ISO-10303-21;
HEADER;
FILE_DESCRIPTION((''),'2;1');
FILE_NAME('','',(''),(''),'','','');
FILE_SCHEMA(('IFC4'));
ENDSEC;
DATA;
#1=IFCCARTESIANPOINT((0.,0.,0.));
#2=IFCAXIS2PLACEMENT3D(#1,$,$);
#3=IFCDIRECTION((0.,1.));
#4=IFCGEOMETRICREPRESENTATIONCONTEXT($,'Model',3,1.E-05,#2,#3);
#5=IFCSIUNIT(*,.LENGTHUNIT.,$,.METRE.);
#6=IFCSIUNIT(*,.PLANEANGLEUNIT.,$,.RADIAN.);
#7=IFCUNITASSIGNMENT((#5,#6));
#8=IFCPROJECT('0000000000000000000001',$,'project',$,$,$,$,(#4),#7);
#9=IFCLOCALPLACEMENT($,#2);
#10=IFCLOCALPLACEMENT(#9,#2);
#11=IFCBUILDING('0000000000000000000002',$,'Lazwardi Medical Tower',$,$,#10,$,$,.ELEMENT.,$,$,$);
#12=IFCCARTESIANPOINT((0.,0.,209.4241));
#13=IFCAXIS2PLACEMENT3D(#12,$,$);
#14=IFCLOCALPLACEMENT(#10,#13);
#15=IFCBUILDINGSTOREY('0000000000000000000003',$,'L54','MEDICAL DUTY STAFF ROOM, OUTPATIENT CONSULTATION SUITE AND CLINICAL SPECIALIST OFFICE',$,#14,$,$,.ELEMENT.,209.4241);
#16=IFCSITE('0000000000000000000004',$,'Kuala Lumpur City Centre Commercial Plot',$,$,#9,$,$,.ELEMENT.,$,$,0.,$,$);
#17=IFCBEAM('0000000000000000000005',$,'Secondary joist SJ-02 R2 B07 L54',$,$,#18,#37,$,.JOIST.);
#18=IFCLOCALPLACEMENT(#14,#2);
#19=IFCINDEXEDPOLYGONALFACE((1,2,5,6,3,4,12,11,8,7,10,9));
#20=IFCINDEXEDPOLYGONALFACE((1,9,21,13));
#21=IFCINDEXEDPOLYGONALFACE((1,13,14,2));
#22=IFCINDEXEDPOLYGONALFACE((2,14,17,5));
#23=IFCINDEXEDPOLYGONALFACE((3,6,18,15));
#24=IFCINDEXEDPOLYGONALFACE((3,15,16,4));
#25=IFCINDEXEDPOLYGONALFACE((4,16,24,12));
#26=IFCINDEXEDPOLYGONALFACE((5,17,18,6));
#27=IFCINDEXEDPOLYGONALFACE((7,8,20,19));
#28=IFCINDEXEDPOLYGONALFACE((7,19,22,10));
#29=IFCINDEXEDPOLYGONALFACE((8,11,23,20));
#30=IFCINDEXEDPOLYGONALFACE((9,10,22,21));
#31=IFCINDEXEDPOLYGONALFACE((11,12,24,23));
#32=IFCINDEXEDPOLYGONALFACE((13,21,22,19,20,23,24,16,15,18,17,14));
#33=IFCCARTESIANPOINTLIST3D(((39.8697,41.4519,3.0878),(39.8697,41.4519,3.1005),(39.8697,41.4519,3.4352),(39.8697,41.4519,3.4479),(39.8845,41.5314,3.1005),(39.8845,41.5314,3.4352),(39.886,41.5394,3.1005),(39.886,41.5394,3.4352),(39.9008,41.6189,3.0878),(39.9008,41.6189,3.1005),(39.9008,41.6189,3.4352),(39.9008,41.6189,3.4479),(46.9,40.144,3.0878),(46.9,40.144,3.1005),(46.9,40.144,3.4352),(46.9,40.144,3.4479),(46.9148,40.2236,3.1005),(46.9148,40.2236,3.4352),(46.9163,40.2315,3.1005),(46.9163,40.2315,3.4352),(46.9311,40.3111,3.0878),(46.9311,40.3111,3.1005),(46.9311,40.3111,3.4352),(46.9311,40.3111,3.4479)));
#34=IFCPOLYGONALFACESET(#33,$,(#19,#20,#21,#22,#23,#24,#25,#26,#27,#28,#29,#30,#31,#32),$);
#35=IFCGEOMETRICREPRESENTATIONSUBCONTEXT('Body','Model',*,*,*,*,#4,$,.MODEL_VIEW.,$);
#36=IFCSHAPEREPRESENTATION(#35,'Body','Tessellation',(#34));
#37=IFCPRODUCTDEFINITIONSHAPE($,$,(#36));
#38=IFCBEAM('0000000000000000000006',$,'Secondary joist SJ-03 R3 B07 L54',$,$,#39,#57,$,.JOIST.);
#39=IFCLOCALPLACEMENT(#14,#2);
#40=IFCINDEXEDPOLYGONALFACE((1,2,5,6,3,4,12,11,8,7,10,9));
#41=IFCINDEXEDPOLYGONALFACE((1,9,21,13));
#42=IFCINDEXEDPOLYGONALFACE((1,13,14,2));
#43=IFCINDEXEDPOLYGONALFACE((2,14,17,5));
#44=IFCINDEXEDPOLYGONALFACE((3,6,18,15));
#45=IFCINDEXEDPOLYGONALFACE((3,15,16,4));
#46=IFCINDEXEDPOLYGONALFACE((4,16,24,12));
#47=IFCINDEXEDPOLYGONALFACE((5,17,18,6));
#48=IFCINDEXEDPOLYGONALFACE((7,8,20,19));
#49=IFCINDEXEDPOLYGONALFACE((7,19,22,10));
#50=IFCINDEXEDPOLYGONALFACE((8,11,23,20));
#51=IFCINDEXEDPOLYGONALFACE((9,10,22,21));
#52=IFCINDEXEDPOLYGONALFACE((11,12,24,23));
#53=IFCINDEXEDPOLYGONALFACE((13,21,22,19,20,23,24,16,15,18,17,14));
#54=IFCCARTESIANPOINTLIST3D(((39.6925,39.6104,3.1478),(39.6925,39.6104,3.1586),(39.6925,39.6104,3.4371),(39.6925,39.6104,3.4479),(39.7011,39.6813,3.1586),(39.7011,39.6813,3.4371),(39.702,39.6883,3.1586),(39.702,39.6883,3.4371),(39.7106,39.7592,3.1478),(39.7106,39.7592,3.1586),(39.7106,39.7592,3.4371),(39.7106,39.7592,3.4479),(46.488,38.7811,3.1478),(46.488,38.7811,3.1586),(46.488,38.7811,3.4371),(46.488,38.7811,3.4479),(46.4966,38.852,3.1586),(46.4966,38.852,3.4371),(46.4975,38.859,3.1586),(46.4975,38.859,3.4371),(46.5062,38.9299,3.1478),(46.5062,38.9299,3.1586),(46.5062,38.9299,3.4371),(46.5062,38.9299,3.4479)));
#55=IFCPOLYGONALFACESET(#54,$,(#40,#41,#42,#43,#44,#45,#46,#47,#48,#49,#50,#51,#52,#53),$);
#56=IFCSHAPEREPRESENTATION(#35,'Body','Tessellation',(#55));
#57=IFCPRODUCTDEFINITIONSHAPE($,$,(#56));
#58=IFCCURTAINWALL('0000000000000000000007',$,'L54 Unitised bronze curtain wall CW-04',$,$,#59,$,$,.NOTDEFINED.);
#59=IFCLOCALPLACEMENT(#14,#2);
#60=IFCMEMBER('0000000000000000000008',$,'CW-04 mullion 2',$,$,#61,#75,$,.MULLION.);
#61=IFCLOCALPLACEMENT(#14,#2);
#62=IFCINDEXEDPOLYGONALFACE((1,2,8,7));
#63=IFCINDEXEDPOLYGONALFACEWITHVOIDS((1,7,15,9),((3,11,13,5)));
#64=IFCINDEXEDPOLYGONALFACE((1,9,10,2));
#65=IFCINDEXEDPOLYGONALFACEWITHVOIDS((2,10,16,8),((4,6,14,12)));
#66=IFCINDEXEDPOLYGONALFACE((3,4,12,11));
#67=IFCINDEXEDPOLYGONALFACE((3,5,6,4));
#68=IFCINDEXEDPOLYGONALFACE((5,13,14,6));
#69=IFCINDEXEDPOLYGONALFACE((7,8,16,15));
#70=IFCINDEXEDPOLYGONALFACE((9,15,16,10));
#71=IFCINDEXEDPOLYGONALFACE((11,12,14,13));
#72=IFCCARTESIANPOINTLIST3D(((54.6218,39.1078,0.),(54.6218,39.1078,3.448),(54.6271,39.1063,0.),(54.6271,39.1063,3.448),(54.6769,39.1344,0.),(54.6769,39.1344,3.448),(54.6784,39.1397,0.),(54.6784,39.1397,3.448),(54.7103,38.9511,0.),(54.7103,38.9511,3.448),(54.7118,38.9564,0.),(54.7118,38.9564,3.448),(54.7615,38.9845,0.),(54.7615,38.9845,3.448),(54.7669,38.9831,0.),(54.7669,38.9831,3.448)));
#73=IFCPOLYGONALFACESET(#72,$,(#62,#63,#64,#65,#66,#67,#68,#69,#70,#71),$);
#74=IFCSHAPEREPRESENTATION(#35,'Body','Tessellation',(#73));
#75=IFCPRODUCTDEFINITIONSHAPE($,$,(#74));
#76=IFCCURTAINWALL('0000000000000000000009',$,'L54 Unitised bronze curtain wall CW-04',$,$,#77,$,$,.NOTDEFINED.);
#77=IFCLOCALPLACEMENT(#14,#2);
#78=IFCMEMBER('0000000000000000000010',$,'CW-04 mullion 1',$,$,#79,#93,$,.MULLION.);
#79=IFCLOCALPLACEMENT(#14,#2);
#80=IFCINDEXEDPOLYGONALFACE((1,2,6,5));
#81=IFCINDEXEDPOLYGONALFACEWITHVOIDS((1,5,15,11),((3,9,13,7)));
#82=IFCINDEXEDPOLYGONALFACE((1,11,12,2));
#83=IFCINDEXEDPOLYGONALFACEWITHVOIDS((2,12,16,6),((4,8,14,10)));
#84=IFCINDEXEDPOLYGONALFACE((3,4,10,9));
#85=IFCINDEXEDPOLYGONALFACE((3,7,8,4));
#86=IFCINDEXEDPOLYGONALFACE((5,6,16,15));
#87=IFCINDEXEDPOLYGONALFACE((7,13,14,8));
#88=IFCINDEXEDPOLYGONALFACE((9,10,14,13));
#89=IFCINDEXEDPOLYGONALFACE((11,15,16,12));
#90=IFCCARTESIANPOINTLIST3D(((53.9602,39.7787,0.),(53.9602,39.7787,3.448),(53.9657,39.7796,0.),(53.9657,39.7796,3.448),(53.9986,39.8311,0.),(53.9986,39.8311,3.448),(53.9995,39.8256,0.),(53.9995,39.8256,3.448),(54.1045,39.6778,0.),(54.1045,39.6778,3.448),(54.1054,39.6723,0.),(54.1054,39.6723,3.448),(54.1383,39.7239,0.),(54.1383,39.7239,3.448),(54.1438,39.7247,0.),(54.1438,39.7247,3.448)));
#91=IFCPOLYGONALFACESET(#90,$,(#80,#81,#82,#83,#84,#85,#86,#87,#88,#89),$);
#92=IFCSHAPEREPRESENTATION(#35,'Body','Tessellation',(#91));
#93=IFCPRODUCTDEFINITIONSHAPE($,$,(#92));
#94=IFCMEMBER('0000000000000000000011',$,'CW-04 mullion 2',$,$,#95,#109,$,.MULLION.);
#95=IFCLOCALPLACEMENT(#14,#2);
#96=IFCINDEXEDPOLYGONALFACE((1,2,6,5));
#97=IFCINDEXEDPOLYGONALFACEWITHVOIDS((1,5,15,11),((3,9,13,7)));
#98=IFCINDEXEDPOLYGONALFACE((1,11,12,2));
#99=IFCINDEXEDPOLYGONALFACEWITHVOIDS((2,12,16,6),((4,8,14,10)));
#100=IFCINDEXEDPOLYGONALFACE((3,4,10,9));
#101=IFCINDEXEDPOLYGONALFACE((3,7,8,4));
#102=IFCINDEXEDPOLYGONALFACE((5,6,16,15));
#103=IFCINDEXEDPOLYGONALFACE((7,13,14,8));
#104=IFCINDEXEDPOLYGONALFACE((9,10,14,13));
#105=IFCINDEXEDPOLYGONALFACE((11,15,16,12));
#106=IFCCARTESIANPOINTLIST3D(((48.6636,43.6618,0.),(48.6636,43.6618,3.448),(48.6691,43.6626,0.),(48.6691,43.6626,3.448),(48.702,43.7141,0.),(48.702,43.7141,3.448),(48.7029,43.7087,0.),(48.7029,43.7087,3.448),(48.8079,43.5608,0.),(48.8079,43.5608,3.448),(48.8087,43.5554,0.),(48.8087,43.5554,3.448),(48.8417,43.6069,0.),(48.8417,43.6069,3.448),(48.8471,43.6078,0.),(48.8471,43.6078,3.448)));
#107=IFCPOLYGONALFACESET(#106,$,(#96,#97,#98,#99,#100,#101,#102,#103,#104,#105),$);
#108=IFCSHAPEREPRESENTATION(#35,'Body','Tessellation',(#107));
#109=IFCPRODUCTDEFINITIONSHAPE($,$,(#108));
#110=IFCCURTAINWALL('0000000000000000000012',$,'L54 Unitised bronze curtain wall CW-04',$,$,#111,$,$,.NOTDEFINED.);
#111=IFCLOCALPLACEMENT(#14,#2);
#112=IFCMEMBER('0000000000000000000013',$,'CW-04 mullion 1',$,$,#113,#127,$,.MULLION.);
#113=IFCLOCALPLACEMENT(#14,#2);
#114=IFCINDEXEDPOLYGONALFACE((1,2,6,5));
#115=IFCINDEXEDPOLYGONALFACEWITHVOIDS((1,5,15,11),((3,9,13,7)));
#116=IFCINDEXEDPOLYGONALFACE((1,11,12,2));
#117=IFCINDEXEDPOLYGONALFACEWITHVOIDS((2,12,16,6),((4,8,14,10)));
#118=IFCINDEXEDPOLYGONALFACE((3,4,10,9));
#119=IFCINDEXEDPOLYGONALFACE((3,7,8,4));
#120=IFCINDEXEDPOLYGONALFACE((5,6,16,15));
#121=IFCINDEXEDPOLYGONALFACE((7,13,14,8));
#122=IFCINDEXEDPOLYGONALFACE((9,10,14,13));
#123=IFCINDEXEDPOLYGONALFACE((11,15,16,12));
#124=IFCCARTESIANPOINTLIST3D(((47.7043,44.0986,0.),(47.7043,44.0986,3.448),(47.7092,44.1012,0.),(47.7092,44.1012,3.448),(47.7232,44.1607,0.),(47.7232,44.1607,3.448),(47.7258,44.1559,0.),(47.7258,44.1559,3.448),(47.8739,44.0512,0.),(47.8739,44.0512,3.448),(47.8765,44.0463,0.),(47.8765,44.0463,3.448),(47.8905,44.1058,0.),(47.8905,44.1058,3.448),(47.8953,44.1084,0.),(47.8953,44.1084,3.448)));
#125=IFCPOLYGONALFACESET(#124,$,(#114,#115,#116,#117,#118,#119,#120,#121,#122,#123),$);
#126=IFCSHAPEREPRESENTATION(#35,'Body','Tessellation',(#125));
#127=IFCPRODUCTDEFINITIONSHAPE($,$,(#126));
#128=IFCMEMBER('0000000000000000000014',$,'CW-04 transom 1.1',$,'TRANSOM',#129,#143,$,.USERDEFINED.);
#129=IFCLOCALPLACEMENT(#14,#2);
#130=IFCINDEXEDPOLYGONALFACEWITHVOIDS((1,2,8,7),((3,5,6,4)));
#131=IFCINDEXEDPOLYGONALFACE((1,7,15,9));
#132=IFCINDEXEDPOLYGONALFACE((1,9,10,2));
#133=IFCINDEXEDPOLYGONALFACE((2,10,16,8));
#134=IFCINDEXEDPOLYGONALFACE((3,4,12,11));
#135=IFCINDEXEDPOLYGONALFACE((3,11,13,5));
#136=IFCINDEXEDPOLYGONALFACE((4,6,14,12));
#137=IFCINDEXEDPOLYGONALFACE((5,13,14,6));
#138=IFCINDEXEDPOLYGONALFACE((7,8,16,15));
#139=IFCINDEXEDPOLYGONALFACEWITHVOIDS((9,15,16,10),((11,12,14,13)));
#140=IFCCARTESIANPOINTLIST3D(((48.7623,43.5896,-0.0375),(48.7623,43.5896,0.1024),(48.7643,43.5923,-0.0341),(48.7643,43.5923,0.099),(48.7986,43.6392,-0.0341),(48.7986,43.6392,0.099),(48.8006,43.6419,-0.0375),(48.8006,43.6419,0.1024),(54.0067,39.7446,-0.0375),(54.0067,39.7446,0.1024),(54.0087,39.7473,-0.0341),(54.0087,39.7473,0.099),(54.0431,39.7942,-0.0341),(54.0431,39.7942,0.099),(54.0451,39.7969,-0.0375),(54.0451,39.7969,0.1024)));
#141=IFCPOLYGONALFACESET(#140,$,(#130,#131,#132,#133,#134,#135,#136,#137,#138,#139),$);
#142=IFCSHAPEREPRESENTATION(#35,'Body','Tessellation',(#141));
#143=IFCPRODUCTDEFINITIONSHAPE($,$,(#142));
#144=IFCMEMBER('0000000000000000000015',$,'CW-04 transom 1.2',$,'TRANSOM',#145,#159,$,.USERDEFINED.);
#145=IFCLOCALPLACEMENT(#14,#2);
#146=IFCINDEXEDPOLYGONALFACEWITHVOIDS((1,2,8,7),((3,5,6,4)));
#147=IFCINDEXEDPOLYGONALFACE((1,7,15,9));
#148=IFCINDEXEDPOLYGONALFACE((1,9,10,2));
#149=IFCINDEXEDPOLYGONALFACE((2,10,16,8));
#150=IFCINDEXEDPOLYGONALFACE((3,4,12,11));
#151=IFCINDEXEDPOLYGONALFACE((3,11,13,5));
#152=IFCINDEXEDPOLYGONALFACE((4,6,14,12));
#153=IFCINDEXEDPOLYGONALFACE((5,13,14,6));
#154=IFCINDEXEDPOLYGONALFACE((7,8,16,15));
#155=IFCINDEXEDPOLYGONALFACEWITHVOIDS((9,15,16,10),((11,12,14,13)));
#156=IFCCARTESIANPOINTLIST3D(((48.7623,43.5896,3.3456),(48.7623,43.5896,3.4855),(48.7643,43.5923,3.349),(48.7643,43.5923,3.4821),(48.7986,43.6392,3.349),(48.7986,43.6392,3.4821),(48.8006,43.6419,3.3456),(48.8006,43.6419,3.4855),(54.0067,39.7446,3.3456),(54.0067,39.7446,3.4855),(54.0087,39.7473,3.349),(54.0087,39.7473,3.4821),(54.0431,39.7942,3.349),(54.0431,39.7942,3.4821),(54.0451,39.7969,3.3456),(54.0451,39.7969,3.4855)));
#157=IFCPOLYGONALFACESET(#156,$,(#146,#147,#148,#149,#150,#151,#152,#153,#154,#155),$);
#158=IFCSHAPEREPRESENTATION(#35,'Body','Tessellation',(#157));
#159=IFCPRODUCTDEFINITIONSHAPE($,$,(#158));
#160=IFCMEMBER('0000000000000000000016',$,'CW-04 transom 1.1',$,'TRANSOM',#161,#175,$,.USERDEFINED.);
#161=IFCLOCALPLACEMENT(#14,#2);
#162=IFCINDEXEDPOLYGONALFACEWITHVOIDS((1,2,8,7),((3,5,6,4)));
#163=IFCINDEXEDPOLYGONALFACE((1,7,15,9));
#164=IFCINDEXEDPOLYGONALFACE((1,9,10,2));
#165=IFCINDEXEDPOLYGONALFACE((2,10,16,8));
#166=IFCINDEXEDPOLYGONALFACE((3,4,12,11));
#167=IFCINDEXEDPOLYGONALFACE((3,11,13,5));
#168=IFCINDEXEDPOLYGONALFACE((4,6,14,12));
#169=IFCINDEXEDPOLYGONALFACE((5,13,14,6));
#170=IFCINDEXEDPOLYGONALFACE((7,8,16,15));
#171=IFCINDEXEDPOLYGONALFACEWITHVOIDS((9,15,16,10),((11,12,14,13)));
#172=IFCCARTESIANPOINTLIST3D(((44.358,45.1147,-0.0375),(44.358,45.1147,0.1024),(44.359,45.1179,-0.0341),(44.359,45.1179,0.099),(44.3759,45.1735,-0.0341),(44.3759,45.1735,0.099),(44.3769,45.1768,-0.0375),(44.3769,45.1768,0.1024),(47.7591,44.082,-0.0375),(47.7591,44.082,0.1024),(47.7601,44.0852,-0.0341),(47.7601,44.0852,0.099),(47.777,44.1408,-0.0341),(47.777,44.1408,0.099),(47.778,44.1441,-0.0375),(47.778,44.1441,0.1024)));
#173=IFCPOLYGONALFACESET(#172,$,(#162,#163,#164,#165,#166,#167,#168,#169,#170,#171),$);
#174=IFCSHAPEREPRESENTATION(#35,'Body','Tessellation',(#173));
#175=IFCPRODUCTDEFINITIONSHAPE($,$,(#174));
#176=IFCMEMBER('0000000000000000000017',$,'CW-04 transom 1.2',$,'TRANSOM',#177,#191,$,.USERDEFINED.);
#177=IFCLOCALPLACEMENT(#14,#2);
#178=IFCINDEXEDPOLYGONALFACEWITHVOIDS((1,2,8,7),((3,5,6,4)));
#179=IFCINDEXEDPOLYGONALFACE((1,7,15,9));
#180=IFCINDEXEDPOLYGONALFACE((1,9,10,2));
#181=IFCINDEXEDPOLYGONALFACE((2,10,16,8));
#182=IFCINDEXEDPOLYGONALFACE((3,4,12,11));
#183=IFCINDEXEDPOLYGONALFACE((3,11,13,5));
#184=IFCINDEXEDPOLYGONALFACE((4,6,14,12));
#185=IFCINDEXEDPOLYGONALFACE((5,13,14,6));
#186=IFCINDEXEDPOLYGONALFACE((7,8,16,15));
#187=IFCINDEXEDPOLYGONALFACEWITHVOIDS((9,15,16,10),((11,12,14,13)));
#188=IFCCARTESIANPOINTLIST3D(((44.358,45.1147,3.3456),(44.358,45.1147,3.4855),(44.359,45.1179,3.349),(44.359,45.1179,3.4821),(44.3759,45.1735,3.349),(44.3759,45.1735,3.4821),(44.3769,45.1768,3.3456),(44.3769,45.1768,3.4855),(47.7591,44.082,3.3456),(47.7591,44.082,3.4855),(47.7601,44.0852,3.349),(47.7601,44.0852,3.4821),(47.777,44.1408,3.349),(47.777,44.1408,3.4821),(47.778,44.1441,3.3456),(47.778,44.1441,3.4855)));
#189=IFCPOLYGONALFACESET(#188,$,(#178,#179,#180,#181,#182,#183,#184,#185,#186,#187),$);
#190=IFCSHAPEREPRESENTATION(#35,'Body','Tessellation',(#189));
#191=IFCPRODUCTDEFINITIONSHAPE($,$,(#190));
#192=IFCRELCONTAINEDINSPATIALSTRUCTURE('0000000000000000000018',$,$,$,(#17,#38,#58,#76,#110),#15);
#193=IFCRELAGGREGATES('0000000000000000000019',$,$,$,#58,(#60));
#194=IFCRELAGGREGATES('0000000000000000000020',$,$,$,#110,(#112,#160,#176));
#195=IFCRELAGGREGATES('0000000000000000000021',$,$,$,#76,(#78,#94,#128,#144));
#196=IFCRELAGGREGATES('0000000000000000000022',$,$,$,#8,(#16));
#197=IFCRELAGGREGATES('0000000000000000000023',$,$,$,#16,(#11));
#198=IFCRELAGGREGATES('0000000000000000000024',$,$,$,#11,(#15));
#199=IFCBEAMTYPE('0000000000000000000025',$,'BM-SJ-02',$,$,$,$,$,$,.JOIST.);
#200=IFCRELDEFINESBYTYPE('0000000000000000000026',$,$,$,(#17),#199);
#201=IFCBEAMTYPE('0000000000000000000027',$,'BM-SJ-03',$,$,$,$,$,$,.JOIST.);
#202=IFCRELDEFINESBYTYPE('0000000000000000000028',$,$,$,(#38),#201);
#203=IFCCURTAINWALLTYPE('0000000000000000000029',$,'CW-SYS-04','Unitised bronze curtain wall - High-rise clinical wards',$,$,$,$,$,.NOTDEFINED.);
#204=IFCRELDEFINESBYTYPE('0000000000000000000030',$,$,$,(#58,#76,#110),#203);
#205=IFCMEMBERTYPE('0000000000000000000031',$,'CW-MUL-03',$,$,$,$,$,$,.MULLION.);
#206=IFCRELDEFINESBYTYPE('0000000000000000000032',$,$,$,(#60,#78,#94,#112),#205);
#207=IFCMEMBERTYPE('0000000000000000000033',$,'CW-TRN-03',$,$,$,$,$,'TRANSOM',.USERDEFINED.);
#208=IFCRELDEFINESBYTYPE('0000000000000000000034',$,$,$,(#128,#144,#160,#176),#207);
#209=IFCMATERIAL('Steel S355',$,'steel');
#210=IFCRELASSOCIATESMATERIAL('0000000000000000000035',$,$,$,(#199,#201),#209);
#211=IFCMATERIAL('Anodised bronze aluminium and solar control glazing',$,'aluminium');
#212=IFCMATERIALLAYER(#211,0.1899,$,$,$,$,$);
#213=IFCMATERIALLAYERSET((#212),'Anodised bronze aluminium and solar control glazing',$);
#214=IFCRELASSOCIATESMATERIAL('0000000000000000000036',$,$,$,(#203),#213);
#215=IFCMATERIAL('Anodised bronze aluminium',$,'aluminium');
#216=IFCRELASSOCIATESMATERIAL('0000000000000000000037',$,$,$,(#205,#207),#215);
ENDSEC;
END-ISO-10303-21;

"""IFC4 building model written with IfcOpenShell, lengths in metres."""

from ifc_helpers import new_model, si_unit, direction, frame, origin, origin_2d, place, context, subcontext, project, spatial, hollow_rectangle, i_section, extrude, material, layer, layer_set, material_profile, profile_set, type_object, element, aggregate, save


model = new_model("IFC4")

# Units and contexts
model_context = context("Model", 3, precision=1e-05, world=origin(), true_north=direction((0.0, 1.0)))
body_context = subcontext(model_context, "Body", "Model", "MODEL_VIEW")
ifc_project = project(units=[si_unit("LENGTHUNIT", "METRE"), si_unit("PLANEANGLEUNIT", "RADIAN")], contexts=[model_context])

# Site, building, storey
site_placement = place(None, origin())
site = spatial("IfcSite", under=ifc_project, at=site_placement, Name="Kuala Lumpur City Centre Commercial Plot", CompositionType="ELEMENT", RefElevation=0.0)
building_placement = place(site_placement, origin())
building = spatial("IfcBuilding", under=site, at=building_placement, Name="Lazwardi Medical Tower", CompositionType="ELEMENT")
storey_placement = place(building_placement, frame((0.0, 0.0, 209.4241)))
storey = spatial("IfcBuildingStorey", under=building, at=storey_placement, Name="L54", Description="MEDICAL DUTY STAFF ROOM, OUTPATIENT CONSULTATION SUITE AND CLINICAL SPECIALIST OFFICE", CompositionType="ELEMENT", Elevation=209.4241)

# Beams
ifc_material_1 = material(Name="Steel S355", Category="steel")
ifc_material_profile_1 = material_profile(ifc_material_1, i_section(OverallWidth=0.1699, OverallDepth=0.3601, WebThickness=0.0081, FlangeThickness=0.0127, at=origin_2d()), Name="IPE 360")
ifc_profile_set_1 = profile_set([ifc_material_profile_1], Name="Steel S355")
beam_type_1 = type_object("IfcBeamType", Name="BM-SJ-02", PredefinedType="JOIST", material=ifc_profile_set_1)
beam_1_placement = place(storey_placement, frame((46.9155, 40.2275, 3.2678), z_axis=(-0.983132, 0.182895, 0.0), x_axis=(-0.182895, -0.983132, 0.0)))
element("IfcBeam", 1, at=beam_1_placement, inside=storey, type_object=beam_type_1, Name="Secondary joist SJ-02 R2 B07 L54", PredefinedType="JOIST", context=body_context, shape_type="SweptSolid", body=[
    extrude(i_section(OverallWidth=0.1699, OverallDepth=0.3601, WebThickness=0.0081, FlangeThickness=0.0127, at=origin_2d()), origin(), (0.0, 0.0, 1.0), 7.1509),
])
ifc_material_profile_2 = material_profile(ifc_material_1, i_section(OverallWidth=0.1499, OverallDepth=0.3, WebThickness=0.0071, FlangeThickness=0.0107, at=origin_2d()), Name="IPE 300")
ifc_profile_set_2 = profile_set([ifc_material_profile_2], Name="Steel S355")
beam_type_2 = type_object("IfcBeamType", Name="BM-SJ-03", PredefinedType="JOIST", material=ifc_profile_set_2)
beam_2_placement = place(storey_placement, frame((46.4971, 38.8555, 3.2979), z_axis=(-0.992635, 0.121146, 0.0), x_axis=(-0.121146, -0.992635, 0.0)))
element("IfcBeam", 2, at=beam_2_placement, inside=storey, type_object=beam_type_2, Name="Secondary joist SJ-03 R3 B07 L54", PredefinedType="JOIST", context=body_context, shape_type="SweptSolid", body=[
    extrude(i_section(OverallWidth=0.1499, OverallDepth=0.3, WebThickness=0.0071, FlangeThickness=0.0107, at=origin_2d()), origin(), (0.0, 0.0, 1.0), 6.8459),
])

# Curtain wall, member
ifc_material_2 = material(Name="Anodised bronze aluminium and solar control glazing", Category="aluminium")
ifc_layer_1 = layer(ifc_material_2, 0.1899)
ifc_layer_set_1 = layer_set([ifc_layer_1], Name="Anodised bronze aluminium and solar control glazing")
curtain_wall_type = type_object("IfcCurtainWallType", Name="CW-SYS-04", Description="Unitised bronze curtain wall - High-rise clinical wards", PredefinedType="NOTDEFINED", material=ifc_layer_set_1)
curtain_wall_1_placement = place(storey_placement, origin())
curtain_wall_1 = element("IfcCurtainWall", 3, at=curtain_wall_1_placement, inside=storey, type_object=curtain_wall_type, Name="L54 Unitised bronze curtain wall CW-04", PredefinedType="NOTDEFINED")
ifc_material_3 = material(Name="Anodised bronze aluminium", Category="aluminium")
ifc_material_profile_3 = material_profile(ifc_material_3, hollow_rectangle(XDim=0.0649, YDim=0.1799, WallThickness=0.0039, at=origin_2d()), Name="ALU-MULLION 180x65x4")
ifc_profile_set_3 = profile_set([ifc_material_profile_3], Name="Anodised bronze aluminium")
member_type_1 = type_object("IfcMemberType", Name="CW-MUL-03", PredefinedType="MULLION", material=ifc_profile_set_3)
member_1_placement = place(storey_placement, frame((54.6943, 39.0454, 0.0), z_axis=(0.0, 0.0, 1.0), x_axis=(-0.870651, -0.4919, 0.0)))
member_1 = element("IfcMember", 4, at=member_1_placement, type_object=member_type_1, Name="CW-04 mullion 2", PredefinedType="MULLION", context=body_context, shape_type="SweptSolid", body=[
    extrude(hollow_rectangle(XDim=0.0649, YDim=0.1799, WallThickness=0.0039, at=origin_2d()), origin(), (0.0, 0.0, 1.0), 3.448),
])
aggregate(curtain_wall_1, [member_1])

# Curtain wall, members
curtain_wall_2_placement = place(storey_placement, origin())
curtain_wall_2 = element("IfcCurtainWall", 5, at=curtain_wall_2_placement, inside=storey, type_object=curtain_wall_type, Name="L54 Unitised bronze curtain wall CW-04", PredefinedType="NOTDEFINED")
member_2_placement = place(storey_placement, frame((54.052, 39.7517, 0.0), z_axis=(0.0, 0.0, 1.0), x_axis=(-0.591268, -0.806475, 0.0)))
member_2 = element("IfcMember", 6, at=member_2_placement, type_object=member_type_1, Name="CW-04 mullion 1", PredefinedType="MULLION", context=body_context, shape_type="SweptSolid", body=[
    extrude(hollow_rectangle(XDim=0.0649, YDim=0.1799, WallThickness=0.0039, at=origin_2d()), origin(), (0.0, 0.0, 1.0), 3.448),
])
member_3_placement = place(storey_placement, frame((48.7554, 43.6348, 0.0), z_axis=(0.0, 0.0, 1.0), x_axis=(-0.591268, -0.806475, 0.0)))
member_3 = element("IfcMember", 7, at=member_3_placement, type_object=member_type_1, Name="CW-04 mullion 2", PredefinedType="MULLION", context=body_context, shape_type="SweptSolid", body=[
    extrude(hollow_rectangle(XDim=0.0649, YDim=0.1799, WallThickness=0.0039, at=origin_2d()), origin(), (0.0, 0.0, 1.0), 3.448),
])

# Curtain wall, member
curtain_wall_3_placement = place(storey_placement, origin())
curtain_wall_3 = element("IfcCurtainWall", 8, at=curtain_wall_3_placement, inside=storey, type_object=curtain_wall_type, Name="L54 Unitised bronze curtain wall CW-04", PredefinedType="NOTDEFINED")
member_4_placement = place(storey_placement, frame((47.7998, 44.1035, 0.0), z_axis=(0.0, 0.0, 1.0), x_axis=(-0.290582, -0.95685, 0.0)))
member_4 = element("IfcMember", 9, at=member_4_placement, type_object=member_type_1, Name="CW-04 mullion 1", PredefinedType="MULLION", context=body_context, shape_type="SweptSolid", body=[
    extrude(hollow_rectangle(XDim=0.0649, YDim=0.1799, WallThickness=0.0039, at=origin_2d()), origin(), (0.0, 0.0, 1.0), 3.448),
])

# Members
ifc_material_profile_4 = material_profile(ifc_material_3, hollow_rectangle(XDim=0.0649, YDim=0.1399, WallThickness=0.0034, at=origin_2d()), Name="ALU-TRANSOM 140x65x3.5")
ifc_profile_set_4 = profile_set([ifc_material_profile_4], Name="Anodised bronze aluminium")
member_type_2 = type_object("IfcMemberType", Name="CW-TRN-03", ElementType="TRANSOM", PredefinedType="USERDEFINED", material=ifc_profile_set_4)
member_5_placement = place(storey_placement, frame((54.0259, 39.7708, 0.0325), z_axis=(-0.806472, 0.591273, 0.0), x_axis=(-0.591273, -0.806472, 0.0)))
member_5 = element("IfcMember", 10, at=member_5_placement, type_object=member_type_2, Name="CW-04 transom 1.1", ObjectType="TRANSOM", PredefinedType="USERDEFINED", context=body_context, shape_type="SweptSolid", body=[
    extrude(hollow_rectangle(XDim=0.0649, YDim=0.1399, WallThickness=0.0034, at=origin_2d()), origin(), (0.0, 0.0, 1.0), 6.5029),
])
member_6_placement = place(storey_placement, frame((54.0259, 39.7708, 3.4155), z_axis=(-0.806472, 0.591273, 0.0), x_axis=(-0.591273, -0.806472, 0.0)))
member_6 = element("IfcMember", 11, at=member_6_placement, type_object=member_type_2, Name="CW-04 transom 1.2", ObjectType="TRANSOM", PredefinedType="USERDEFINED", context=body_context, shape_type="SweptSolid", body=[
    extrude(hollow_rectangle(XDim=0.0649, YDim=0.1399, WallThickness=0.0034, at=origin_2d()), origin(), (0.0, 0.0, 1.0), 6.5029),
])
member_7_placement = place(storey_placement, frame((47.7686, 44.113, 0.0325), z_axis=(-0.956863, 0.290541, 0.0), x_axis=(-0.290541, -0.956863, 0.0)))
member_7 = element("IfcMember", 12, at=member_7_placement, type_object=member_type_2, Name="CW-04 transom 1.1", ObjectType="TRANSOM", PredefinedType="USERDEFINED", context=body_context, shape_type="SweptSolid", body=[
    extrude(hollow_rectangle(XDim=0.0649, YDim=0.1399, WallThickness=0.0034, at=origin_2d()), origin(), (0.0, 0.0, 1.0), 3.5544),
])
member_8_placement = place(storey_placement, frame((47.7686, 44.113, 3.4155), z_axis=(-0.956863, 0.290541, 0.0), x_axis=(-0.290541, -0.956863, 0.0)))
member_8 = element("IfcMember", 13, at=member_8_placement, type_object=member_type_2, Name="CW-04 transom 1.2", ObjectType="TRANSOM", PredefinedType="USERDEFINED", context=body_context, shape_type="SweptSolid", body=[
    extrude(hollow_rectangle(XDim=0.0649, YDim=0.1399, WallThickness=0.0034, at=origin_2d()), origin(), (0.0, 0.0, 1.0), 3.5544),
])
aggregate(curtain_wall_3, [member_4, member_7, member_8])

aggregate(curtain_wall_2, [member_2, member_3, member_5, member_6])

save(model, "model.ifc")
